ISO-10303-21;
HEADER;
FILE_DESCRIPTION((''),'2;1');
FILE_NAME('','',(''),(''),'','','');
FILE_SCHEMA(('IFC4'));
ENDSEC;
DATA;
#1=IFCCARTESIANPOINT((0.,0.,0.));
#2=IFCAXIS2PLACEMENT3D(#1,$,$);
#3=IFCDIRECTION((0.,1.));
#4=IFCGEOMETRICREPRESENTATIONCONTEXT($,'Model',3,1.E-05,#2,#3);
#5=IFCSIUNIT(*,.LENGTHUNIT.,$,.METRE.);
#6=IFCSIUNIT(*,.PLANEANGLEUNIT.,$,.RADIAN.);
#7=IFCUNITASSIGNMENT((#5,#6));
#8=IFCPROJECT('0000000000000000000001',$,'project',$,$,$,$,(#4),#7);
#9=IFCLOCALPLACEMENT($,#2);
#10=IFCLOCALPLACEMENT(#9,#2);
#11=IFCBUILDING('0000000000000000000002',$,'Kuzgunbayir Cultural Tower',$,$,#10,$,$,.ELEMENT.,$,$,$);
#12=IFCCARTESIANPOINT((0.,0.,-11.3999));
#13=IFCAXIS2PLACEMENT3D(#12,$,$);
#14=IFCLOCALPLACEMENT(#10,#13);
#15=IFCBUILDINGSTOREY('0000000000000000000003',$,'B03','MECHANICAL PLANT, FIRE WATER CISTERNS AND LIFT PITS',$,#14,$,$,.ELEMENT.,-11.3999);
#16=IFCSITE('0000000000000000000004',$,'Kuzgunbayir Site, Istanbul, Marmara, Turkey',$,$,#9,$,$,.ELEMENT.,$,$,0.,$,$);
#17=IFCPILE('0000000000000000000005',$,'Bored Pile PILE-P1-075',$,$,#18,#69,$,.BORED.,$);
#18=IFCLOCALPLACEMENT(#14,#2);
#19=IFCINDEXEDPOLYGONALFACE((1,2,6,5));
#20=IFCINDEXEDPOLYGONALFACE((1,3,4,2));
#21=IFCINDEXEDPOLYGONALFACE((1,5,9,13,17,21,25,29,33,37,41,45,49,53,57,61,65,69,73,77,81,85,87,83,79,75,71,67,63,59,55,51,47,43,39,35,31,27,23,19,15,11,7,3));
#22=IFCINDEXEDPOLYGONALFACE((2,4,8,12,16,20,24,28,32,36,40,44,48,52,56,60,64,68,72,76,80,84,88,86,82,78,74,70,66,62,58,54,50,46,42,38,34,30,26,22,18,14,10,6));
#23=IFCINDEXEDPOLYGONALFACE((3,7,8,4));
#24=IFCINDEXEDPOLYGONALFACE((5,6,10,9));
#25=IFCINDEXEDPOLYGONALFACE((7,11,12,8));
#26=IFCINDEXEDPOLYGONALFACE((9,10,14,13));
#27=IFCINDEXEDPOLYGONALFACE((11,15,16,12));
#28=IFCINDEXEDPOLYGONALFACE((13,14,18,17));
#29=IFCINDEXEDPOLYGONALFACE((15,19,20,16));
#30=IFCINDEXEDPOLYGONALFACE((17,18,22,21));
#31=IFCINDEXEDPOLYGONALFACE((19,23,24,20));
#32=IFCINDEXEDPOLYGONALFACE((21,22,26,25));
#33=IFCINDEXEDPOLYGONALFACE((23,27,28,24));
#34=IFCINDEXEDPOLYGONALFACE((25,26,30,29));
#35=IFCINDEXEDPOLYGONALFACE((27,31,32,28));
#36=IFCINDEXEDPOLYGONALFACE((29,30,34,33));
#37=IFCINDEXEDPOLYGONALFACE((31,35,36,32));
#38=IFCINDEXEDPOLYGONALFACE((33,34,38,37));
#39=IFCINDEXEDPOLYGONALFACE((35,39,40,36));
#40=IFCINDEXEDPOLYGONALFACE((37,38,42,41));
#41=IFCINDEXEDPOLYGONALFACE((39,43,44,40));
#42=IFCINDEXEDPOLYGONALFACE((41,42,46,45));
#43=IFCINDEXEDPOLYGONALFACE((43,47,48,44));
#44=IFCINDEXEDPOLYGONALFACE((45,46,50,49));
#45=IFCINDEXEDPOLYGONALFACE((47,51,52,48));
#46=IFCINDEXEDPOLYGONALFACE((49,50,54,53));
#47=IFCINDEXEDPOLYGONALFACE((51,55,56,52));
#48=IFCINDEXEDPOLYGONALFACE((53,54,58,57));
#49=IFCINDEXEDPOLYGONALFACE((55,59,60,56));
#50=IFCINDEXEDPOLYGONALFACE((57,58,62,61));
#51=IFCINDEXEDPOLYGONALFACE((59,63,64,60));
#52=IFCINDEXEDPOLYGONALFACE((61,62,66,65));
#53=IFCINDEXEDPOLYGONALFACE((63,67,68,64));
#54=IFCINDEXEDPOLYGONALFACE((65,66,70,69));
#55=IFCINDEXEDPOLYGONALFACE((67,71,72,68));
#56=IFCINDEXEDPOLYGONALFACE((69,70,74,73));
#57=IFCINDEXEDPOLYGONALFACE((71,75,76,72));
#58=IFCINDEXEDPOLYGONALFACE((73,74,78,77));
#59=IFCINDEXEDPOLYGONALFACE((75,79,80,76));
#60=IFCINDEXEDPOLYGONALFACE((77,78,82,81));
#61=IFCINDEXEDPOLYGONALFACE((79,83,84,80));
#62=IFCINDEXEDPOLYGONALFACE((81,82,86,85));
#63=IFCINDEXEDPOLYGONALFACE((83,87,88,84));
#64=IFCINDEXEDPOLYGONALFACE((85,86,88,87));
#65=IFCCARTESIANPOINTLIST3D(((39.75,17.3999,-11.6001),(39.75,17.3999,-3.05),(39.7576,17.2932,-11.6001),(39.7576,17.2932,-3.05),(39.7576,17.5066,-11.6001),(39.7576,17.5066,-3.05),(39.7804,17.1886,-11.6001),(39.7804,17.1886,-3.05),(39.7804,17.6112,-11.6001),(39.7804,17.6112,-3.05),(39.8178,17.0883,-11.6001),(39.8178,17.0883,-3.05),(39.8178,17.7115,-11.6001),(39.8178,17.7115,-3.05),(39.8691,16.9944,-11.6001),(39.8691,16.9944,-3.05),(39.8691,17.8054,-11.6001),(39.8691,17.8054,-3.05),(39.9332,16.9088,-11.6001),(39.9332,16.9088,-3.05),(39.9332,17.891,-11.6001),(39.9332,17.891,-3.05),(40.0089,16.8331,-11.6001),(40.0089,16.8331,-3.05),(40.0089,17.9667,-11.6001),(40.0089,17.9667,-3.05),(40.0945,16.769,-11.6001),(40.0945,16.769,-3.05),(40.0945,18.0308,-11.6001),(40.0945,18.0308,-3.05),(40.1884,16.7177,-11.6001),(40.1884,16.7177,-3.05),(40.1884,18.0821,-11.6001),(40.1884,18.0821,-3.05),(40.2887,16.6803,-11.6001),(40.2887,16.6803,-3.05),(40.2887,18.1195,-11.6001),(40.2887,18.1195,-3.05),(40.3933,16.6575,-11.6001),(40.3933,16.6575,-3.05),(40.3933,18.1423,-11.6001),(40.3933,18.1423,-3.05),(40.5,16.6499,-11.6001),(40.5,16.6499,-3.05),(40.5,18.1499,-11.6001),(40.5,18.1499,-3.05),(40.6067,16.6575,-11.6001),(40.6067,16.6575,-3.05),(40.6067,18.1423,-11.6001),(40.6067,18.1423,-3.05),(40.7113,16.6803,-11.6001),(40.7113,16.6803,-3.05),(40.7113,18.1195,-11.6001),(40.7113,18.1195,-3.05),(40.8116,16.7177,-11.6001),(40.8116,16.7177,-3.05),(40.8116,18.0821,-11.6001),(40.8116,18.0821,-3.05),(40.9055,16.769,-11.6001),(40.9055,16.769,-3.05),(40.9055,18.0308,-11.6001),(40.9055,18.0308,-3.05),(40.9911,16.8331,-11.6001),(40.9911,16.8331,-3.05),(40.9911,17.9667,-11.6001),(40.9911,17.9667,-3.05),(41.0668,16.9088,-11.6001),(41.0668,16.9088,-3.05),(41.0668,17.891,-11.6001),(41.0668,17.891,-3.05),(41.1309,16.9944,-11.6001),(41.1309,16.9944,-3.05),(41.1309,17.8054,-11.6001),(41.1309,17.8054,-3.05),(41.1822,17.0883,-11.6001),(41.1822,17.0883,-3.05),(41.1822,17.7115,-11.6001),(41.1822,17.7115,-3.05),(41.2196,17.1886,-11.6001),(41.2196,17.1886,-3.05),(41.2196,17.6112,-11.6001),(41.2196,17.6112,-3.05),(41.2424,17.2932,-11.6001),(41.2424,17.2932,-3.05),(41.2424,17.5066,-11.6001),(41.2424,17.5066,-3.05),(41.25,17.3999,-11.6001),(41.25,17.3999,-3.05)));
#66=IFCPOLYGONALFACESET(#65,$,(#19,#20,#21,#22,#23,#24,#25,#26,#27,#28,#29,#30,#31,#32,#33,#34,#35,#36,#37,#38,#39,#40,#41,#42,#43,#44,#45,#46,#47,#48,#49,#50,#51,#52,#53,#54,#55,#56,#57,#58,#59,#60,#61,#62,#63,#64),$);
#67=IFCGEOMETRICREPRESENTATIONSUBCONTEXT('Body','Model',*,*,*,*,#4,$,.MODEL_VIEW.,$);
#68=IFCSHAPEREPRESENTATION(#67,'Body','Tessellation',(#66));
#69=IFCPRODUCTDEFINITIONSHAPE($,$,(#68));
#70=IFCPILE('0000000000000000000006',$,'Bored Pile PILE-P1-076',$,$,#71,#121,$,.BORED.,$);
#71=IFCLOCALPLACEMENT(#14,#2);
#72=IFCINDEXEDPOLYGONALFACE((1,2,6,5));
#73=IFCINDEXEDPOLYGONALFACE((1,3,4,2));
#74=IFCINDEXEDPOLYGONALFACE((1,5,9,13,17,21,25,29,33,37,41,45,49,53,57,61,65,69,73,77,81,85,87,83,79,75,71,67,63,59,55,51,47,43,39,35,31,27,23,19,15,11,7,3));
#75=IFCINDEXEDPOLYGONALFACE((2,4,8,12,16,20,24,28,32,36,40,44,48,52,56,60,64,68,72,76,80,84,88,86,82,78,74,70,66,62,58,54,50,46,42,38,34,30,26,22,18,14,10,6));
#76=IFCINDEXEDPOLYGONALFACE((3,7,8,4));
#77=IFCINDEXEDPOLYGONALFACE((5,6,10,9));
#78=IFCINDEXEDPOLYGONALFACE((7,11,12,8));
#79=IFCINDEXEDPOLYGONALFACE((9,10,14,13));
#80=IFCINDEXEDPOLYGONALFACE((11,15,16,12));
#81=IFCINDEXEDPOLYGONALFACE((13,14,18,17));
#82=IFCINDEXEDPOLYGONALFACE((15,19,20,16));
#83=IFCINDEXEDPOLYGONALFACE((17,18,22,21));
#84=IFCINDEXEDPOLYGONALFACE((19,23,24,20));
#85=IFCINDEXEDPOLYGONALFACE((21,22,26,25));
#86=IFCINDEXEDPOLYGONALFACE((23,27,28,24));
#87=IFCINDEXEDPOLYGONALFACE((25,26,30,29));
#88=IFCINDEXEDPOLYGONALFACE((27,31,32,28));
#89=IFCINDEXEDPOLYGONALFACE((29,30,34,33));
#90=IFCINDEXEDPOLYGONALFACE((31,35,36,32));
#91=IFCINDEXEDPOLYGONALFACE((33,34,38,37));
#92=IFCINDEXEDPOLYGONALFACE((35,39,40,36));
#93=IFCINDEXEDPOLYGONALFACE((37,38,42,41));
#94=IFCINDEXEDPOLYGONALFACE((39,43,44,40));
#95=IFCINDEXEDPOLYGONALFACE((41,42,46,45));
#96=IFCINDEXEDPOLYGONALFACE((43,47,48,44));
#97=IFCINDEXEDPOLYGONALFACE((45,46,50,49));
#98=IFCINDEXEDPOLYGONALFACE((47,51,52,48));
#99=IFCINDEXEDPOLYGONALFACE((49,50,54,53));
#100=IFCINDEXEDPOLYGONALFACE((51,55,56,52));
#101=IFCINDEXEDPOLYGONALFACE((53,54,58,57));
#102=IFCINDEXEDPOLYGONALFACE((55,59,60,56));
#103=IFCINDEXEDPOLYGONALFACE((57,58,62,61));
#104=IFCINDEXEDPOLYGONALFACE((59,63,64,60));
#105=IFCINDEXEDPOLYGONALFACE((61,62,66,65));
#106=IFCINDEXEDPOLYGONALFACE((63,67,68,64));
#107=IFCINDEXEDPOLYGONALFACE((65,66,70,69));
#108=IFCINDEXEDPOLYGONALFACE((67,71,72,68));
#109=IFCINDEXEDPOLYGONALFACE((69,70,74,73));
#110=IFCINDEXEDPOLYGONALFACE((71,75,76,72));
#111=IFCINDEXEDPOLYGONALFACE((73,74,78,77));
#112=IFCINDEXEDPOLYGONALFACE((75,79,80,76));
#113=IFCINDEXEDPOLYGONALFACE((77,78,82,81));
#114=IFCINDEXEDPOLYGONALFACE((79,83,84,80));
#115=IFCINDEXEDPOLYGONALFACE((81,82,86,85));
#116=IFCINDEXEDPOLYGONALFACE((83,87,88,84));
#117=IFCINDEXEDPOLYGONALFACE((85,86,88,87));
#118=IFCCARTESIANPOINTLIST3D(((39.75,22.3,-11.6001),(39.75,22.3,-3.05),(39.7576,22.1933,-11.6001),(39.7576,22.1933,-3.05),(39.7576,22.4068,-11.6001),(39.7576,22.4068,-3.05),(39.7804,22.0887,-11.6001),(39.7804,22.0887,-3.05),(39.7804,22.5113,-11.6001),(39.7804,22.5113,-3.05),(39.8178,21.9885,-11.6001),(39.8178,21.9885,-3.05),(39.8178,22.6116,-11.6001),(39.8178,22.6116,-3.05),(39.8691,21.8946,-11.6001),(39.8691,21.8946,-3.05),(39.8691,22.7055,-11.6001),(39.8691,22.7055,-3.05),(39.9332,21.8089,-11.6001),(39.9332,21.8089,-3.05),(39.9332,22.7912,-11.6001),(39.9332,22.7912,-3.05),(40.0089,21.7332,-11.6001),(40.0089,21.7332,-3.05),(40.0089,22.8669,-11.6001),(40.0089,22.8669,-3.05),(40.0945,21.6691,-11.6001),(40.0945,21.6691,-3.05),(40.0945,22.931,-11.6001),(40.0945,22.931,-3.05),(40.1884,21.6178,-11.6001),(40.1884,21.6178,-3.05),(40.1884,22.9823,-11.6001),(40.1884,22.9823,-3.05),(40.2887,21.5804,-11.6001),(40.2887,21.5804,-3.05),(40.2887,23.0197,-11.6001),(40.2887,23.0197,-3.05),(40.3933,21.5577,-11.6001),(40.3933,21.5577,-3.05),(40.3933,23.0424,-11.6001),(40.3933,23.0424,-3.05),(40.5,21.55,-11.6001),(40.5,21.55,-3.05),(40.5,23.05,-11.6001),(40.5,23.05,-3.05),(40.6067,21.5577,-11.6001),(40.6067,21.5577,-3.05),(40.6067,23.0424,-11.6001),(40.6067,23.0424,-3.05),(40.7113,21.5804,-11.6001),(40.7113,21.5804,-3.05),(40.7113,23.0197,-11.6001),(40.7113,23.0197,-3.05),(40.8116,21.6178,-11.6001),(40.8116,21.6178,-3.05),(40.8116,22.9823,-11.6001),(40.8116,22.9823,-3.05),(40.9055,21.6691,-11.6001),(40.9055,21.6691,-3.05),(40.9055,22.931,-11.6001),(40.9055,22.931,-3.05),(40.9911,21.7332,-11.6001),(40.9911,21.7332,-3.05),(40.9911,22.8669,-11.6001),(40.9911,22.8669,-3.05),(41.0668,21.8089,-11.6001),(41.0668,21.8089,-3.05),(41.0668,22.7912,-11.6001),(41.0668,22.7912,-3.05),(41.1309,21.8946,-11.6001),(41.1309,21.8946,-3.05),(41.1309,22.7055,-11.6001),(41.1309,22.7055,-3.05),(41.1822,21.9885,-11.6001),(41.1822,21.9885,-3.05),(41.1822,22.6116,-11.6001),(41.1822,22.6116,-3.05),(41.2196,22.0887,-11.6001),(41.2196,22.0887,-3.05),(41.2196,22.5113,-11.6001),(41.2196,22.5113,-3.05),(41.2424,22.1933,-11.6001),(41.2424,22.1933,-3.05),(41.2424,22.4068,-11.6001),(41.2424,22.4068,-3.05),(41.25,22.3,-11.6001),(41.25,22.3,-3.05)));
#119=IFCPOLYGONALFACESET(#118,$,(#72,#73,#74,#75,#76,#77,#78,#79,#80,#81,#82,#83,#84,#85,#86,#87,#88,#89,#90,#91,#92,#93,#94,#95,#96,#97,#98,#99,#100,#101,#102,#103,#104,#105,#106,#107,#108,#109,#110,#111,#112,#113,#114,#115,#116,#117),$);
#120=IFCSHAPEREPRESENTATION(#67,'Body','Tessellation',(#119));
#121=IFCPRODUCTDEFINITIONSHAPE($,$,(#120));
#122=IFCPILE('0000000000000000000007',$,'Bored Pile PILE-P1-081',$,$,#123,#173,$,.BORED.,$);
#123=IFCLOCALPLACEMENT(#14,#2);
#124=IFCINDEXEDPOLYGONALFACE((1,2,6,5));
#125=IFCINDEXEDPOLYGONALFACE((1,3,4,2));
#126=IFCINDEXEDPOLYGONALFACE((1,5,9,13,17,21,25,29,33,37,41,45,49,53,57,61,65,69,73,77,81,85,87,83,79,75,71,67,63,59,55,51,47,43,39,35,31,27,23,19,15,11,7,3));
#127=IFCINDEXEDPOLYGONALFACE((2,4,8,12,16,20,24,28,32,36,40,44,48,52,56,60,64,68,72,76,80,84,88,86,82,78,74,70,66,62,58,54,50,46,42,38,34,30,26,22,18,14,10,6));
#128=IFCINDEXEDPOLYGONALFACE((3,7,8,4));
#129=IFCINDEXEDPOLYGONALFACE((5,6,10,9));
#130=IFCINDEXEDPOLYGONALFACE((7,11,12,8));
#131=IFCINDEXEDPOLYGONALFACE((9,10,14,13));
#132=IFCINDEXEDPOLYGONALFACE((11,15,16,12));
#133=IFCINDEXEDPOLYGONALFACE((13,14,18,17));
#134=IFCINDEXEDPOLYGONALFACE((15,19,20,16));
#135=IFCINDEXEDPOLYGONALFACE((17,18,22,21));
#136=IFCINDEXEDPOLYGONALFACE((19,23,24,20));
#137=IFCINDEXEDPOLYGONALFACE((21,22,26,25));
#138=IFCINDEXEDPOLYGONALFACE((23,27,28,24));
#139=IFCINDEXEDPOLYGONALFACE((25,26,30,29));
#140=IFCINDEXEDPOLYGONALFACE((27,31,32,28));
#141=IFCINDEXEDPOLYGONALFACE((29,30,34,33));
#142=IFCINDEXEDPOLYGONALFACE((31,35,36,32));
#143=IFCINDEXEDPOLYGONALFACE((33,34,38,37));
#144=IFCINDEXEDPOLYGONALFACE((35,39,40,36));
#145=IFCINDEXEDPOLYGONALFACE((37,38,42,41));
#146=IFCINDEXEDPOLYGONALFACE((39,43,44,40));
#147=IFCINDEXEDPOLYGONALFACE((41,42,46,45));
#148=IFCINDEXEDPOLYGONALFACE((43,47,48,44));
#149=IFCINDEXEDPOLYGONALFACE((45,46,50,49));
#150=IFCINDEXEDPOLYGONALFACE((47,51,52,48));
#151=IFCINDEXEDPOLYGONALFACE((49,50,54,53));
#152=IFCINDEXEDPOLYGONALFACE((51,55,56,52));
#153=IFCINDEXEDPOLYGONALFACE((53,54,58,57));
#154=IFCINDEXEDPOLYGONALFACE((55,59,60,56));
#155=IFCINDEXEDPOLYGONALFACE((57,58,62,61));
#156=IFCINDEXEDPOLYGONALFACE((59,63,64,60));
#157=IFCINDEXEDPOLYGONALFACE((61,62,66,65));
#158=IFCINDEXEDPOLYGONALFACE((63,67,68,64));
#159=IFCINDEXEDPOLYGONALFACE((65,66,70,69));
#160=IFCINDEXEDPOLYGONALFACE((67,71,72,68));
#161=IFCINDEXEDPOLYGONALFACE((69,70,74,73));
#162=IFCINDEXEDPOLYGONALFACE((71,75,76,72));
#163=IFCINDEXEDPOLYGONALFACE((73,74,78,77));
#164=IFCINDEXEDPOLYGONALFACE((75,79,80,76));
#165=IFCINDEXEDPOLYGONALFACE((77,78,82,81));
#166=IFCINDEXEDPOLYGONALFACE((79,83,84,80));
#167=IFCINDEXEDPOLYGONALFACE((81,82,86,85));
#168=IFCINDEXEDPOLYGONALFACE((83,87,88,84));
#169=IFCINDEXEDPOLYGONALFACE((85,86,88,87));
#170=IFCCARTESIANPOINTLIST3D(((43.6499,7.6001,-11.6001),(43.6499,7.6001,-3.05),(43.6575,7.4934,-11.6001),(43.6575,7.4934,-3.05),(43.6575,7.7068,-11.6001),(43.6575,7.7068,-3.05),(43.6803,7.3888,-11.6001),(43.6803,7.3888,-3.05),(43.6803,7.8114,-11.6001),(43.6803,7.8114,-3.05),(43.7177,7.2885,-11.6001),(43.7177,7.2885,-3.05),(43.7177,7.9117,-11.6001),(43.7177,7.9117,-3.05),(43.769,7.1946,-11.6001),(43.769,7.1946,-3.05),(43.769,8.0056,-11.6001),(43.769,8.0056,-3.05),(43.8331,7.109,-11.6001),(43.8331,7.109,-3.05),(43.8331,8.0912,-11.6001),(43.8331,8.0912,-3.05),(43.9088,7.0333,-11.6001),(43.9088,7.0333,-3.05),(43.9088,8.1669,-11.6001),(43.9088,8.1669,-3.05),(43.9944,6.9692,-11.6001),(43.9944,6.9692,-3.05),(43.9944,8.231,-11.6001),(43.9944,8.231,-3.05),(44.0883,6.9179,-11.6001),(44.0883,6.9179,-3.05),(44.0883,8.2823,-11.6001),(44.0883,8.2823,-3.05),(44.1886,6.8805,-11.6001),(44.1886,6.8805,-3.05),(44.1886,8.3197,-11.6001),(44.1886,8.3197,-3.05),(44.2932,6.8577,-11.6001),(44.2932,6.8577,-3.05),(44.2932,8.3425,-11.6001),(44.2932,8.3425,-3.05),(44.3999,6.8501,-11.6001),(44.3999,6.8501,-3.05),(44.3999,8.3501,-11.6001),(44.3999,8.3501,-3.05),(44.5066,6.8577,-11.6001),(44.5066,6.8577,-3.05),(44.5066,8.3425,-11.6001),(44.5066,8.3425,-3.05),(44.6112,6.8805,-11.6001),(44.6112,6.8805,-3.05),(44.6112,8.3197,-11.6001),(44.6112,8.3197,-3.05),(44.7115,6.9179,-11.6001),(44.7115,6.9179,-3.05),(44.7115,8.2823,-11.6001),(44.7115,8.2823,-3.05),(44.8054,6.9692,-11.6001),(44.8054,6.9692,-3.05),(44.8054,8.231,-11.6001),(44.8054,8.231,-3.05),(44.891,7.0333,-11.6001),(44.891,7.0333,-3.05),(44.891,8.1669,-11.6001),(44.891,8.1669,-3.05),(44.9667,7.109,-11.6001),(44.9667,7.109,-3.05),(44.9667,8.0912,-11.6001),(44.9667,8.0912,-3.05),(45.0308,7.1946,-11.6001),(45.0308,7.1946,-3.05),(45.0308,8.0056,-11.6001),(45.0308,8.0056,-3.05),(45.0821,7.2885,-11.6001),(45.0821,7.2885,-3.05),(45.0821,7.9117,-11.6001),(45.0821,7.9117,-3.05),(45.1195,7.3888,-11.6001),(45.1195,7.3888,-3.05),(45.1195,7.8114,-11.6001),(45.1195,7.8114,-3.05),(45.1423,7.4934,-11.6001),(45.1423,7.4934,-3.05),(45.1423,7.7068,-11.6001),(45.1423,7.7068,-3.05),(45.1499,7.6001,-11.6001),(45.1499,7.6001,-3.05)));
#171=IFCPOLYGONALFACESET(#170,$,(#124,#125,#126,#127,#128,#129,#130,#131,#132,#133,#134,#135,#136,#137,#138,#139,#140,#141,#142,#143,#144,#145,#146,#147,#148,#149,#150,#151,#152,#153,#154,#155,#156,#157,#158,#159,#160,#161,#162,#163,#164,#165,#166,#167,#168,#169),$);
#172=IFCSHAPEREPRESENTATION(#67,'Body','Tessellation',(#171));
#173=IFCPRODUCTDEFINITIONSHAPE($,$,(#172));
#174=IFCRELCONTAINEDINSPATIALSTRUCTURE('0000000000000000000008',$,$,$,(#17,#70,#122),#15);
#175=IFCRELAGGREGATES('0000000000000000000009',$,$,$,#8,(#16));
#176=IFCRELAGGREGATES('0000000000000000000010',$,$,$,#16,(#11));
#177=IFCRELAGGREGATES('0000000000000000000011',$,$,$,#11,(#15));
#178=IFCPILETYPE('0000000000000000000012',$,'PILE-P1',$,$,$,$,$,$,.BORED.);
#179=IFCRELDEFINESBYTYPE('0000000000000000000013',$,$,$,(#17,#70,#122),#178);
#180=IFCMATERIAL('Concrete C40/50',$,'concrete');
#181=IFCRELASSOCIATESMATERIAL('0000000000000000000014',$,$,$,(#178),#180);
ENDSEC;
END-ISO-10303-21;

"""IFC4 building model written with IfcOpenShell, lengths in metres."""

from ifc_helpers import new_model, si_unit, direction, frame, origin, origin_2d, place, context, subcontext, project, spatial, circle, extrude, material, material_profile, profile_set, type_object, element, save


model = new_model("IFC4")

# Units and contexts
model_context = context("Model", 3, precision=1e-05, world=origin(), true_north=direction((0.0, 1.0)))
body_context = subcontext(model_context, "Body", "Model", "MODEL_VIEW")
ifc_project = project(units=[si_unit("LENGTHUNIT", "METRE"), si_unit("PLANEANGLEUNIT", "RADIAN")], contexts=[model_context])

# Site, building, storey
site_placement = place(None, origin())
site = spatial("IfcSite", under=ifc_project, at=site_placement, Name="Kuzgunbayir Site, Istanbul, Marmara, Turkey", CompositionType="ELEMENT", RefElevation=0.0)
building_placement = place(site_placement, origin())
building = spatial("IfcBuilding", under=site, at=building_placement, Name="Kuzgunbayir Cultural Tower", CompositionType="ELEMENT")
storey_placement = place(building_placement, frame((0.0, 0.0, -11.3999)))
storey = spatial("IfcBuildingStorey", under=building, at=storey_placement, Name="B03", Description="MECHANICAL PLANT, FIRE WATER CISTERNS AND LIFT PITS", CompositionType="ELEMENT", Elevation=-11.3999)

# Piles
ifc_material_1 = material(Name="Concrete C40/50", Category="concrete")
ifc_material_profile_1 = material_profile(ifc_material_1, circle(Radius=0.75, at=origin_2d()), Name="BORED PILE 1500")
ifc_profile_set_1 = profile_set([ifc_material_profile_1], Name="Concrete C40/50")
pile_type_1 = type_object("IfcPileType", Name="PILE-P1", PredefinedType="BORED", material=ifc_profile_set_1)
for number, where, z_axis, x_axis, name in (
    (1, (40.5, 17.3999, -3.05), (0.0, 0.0, -1.0), (1.0, 0.0, 0.0), "Bored Pile PILE-P1-075"),
    (2, (40.5, 22.3, -3.05), (0.0, 0.0, -1.0), (1.0, 0.0, 0.0), "Bored Pile PILE-P1-076"),
    (3, (44.3999, 7.6001, -3.05), (0.0, 0.0, -1.0), (1.0, 0.0, 0.0), "Bored Pile PILE-P1-081"),
):
    element("IfcPile", number, at=place(storey_placement, frame(where, z_axis=z_axis, x_axis=x_axis)), inside=storey, type_object=pile_type_1, Name=name, PredefinedType="BORED", context=body_context, shape_type="SweptSolid", body=[
        extrude(circle(Radius=0.75, at=origin_2d()), origin(), (0.0, 0.0, 1.0), 8.55),
    ])

save(model, "model.ifc")
